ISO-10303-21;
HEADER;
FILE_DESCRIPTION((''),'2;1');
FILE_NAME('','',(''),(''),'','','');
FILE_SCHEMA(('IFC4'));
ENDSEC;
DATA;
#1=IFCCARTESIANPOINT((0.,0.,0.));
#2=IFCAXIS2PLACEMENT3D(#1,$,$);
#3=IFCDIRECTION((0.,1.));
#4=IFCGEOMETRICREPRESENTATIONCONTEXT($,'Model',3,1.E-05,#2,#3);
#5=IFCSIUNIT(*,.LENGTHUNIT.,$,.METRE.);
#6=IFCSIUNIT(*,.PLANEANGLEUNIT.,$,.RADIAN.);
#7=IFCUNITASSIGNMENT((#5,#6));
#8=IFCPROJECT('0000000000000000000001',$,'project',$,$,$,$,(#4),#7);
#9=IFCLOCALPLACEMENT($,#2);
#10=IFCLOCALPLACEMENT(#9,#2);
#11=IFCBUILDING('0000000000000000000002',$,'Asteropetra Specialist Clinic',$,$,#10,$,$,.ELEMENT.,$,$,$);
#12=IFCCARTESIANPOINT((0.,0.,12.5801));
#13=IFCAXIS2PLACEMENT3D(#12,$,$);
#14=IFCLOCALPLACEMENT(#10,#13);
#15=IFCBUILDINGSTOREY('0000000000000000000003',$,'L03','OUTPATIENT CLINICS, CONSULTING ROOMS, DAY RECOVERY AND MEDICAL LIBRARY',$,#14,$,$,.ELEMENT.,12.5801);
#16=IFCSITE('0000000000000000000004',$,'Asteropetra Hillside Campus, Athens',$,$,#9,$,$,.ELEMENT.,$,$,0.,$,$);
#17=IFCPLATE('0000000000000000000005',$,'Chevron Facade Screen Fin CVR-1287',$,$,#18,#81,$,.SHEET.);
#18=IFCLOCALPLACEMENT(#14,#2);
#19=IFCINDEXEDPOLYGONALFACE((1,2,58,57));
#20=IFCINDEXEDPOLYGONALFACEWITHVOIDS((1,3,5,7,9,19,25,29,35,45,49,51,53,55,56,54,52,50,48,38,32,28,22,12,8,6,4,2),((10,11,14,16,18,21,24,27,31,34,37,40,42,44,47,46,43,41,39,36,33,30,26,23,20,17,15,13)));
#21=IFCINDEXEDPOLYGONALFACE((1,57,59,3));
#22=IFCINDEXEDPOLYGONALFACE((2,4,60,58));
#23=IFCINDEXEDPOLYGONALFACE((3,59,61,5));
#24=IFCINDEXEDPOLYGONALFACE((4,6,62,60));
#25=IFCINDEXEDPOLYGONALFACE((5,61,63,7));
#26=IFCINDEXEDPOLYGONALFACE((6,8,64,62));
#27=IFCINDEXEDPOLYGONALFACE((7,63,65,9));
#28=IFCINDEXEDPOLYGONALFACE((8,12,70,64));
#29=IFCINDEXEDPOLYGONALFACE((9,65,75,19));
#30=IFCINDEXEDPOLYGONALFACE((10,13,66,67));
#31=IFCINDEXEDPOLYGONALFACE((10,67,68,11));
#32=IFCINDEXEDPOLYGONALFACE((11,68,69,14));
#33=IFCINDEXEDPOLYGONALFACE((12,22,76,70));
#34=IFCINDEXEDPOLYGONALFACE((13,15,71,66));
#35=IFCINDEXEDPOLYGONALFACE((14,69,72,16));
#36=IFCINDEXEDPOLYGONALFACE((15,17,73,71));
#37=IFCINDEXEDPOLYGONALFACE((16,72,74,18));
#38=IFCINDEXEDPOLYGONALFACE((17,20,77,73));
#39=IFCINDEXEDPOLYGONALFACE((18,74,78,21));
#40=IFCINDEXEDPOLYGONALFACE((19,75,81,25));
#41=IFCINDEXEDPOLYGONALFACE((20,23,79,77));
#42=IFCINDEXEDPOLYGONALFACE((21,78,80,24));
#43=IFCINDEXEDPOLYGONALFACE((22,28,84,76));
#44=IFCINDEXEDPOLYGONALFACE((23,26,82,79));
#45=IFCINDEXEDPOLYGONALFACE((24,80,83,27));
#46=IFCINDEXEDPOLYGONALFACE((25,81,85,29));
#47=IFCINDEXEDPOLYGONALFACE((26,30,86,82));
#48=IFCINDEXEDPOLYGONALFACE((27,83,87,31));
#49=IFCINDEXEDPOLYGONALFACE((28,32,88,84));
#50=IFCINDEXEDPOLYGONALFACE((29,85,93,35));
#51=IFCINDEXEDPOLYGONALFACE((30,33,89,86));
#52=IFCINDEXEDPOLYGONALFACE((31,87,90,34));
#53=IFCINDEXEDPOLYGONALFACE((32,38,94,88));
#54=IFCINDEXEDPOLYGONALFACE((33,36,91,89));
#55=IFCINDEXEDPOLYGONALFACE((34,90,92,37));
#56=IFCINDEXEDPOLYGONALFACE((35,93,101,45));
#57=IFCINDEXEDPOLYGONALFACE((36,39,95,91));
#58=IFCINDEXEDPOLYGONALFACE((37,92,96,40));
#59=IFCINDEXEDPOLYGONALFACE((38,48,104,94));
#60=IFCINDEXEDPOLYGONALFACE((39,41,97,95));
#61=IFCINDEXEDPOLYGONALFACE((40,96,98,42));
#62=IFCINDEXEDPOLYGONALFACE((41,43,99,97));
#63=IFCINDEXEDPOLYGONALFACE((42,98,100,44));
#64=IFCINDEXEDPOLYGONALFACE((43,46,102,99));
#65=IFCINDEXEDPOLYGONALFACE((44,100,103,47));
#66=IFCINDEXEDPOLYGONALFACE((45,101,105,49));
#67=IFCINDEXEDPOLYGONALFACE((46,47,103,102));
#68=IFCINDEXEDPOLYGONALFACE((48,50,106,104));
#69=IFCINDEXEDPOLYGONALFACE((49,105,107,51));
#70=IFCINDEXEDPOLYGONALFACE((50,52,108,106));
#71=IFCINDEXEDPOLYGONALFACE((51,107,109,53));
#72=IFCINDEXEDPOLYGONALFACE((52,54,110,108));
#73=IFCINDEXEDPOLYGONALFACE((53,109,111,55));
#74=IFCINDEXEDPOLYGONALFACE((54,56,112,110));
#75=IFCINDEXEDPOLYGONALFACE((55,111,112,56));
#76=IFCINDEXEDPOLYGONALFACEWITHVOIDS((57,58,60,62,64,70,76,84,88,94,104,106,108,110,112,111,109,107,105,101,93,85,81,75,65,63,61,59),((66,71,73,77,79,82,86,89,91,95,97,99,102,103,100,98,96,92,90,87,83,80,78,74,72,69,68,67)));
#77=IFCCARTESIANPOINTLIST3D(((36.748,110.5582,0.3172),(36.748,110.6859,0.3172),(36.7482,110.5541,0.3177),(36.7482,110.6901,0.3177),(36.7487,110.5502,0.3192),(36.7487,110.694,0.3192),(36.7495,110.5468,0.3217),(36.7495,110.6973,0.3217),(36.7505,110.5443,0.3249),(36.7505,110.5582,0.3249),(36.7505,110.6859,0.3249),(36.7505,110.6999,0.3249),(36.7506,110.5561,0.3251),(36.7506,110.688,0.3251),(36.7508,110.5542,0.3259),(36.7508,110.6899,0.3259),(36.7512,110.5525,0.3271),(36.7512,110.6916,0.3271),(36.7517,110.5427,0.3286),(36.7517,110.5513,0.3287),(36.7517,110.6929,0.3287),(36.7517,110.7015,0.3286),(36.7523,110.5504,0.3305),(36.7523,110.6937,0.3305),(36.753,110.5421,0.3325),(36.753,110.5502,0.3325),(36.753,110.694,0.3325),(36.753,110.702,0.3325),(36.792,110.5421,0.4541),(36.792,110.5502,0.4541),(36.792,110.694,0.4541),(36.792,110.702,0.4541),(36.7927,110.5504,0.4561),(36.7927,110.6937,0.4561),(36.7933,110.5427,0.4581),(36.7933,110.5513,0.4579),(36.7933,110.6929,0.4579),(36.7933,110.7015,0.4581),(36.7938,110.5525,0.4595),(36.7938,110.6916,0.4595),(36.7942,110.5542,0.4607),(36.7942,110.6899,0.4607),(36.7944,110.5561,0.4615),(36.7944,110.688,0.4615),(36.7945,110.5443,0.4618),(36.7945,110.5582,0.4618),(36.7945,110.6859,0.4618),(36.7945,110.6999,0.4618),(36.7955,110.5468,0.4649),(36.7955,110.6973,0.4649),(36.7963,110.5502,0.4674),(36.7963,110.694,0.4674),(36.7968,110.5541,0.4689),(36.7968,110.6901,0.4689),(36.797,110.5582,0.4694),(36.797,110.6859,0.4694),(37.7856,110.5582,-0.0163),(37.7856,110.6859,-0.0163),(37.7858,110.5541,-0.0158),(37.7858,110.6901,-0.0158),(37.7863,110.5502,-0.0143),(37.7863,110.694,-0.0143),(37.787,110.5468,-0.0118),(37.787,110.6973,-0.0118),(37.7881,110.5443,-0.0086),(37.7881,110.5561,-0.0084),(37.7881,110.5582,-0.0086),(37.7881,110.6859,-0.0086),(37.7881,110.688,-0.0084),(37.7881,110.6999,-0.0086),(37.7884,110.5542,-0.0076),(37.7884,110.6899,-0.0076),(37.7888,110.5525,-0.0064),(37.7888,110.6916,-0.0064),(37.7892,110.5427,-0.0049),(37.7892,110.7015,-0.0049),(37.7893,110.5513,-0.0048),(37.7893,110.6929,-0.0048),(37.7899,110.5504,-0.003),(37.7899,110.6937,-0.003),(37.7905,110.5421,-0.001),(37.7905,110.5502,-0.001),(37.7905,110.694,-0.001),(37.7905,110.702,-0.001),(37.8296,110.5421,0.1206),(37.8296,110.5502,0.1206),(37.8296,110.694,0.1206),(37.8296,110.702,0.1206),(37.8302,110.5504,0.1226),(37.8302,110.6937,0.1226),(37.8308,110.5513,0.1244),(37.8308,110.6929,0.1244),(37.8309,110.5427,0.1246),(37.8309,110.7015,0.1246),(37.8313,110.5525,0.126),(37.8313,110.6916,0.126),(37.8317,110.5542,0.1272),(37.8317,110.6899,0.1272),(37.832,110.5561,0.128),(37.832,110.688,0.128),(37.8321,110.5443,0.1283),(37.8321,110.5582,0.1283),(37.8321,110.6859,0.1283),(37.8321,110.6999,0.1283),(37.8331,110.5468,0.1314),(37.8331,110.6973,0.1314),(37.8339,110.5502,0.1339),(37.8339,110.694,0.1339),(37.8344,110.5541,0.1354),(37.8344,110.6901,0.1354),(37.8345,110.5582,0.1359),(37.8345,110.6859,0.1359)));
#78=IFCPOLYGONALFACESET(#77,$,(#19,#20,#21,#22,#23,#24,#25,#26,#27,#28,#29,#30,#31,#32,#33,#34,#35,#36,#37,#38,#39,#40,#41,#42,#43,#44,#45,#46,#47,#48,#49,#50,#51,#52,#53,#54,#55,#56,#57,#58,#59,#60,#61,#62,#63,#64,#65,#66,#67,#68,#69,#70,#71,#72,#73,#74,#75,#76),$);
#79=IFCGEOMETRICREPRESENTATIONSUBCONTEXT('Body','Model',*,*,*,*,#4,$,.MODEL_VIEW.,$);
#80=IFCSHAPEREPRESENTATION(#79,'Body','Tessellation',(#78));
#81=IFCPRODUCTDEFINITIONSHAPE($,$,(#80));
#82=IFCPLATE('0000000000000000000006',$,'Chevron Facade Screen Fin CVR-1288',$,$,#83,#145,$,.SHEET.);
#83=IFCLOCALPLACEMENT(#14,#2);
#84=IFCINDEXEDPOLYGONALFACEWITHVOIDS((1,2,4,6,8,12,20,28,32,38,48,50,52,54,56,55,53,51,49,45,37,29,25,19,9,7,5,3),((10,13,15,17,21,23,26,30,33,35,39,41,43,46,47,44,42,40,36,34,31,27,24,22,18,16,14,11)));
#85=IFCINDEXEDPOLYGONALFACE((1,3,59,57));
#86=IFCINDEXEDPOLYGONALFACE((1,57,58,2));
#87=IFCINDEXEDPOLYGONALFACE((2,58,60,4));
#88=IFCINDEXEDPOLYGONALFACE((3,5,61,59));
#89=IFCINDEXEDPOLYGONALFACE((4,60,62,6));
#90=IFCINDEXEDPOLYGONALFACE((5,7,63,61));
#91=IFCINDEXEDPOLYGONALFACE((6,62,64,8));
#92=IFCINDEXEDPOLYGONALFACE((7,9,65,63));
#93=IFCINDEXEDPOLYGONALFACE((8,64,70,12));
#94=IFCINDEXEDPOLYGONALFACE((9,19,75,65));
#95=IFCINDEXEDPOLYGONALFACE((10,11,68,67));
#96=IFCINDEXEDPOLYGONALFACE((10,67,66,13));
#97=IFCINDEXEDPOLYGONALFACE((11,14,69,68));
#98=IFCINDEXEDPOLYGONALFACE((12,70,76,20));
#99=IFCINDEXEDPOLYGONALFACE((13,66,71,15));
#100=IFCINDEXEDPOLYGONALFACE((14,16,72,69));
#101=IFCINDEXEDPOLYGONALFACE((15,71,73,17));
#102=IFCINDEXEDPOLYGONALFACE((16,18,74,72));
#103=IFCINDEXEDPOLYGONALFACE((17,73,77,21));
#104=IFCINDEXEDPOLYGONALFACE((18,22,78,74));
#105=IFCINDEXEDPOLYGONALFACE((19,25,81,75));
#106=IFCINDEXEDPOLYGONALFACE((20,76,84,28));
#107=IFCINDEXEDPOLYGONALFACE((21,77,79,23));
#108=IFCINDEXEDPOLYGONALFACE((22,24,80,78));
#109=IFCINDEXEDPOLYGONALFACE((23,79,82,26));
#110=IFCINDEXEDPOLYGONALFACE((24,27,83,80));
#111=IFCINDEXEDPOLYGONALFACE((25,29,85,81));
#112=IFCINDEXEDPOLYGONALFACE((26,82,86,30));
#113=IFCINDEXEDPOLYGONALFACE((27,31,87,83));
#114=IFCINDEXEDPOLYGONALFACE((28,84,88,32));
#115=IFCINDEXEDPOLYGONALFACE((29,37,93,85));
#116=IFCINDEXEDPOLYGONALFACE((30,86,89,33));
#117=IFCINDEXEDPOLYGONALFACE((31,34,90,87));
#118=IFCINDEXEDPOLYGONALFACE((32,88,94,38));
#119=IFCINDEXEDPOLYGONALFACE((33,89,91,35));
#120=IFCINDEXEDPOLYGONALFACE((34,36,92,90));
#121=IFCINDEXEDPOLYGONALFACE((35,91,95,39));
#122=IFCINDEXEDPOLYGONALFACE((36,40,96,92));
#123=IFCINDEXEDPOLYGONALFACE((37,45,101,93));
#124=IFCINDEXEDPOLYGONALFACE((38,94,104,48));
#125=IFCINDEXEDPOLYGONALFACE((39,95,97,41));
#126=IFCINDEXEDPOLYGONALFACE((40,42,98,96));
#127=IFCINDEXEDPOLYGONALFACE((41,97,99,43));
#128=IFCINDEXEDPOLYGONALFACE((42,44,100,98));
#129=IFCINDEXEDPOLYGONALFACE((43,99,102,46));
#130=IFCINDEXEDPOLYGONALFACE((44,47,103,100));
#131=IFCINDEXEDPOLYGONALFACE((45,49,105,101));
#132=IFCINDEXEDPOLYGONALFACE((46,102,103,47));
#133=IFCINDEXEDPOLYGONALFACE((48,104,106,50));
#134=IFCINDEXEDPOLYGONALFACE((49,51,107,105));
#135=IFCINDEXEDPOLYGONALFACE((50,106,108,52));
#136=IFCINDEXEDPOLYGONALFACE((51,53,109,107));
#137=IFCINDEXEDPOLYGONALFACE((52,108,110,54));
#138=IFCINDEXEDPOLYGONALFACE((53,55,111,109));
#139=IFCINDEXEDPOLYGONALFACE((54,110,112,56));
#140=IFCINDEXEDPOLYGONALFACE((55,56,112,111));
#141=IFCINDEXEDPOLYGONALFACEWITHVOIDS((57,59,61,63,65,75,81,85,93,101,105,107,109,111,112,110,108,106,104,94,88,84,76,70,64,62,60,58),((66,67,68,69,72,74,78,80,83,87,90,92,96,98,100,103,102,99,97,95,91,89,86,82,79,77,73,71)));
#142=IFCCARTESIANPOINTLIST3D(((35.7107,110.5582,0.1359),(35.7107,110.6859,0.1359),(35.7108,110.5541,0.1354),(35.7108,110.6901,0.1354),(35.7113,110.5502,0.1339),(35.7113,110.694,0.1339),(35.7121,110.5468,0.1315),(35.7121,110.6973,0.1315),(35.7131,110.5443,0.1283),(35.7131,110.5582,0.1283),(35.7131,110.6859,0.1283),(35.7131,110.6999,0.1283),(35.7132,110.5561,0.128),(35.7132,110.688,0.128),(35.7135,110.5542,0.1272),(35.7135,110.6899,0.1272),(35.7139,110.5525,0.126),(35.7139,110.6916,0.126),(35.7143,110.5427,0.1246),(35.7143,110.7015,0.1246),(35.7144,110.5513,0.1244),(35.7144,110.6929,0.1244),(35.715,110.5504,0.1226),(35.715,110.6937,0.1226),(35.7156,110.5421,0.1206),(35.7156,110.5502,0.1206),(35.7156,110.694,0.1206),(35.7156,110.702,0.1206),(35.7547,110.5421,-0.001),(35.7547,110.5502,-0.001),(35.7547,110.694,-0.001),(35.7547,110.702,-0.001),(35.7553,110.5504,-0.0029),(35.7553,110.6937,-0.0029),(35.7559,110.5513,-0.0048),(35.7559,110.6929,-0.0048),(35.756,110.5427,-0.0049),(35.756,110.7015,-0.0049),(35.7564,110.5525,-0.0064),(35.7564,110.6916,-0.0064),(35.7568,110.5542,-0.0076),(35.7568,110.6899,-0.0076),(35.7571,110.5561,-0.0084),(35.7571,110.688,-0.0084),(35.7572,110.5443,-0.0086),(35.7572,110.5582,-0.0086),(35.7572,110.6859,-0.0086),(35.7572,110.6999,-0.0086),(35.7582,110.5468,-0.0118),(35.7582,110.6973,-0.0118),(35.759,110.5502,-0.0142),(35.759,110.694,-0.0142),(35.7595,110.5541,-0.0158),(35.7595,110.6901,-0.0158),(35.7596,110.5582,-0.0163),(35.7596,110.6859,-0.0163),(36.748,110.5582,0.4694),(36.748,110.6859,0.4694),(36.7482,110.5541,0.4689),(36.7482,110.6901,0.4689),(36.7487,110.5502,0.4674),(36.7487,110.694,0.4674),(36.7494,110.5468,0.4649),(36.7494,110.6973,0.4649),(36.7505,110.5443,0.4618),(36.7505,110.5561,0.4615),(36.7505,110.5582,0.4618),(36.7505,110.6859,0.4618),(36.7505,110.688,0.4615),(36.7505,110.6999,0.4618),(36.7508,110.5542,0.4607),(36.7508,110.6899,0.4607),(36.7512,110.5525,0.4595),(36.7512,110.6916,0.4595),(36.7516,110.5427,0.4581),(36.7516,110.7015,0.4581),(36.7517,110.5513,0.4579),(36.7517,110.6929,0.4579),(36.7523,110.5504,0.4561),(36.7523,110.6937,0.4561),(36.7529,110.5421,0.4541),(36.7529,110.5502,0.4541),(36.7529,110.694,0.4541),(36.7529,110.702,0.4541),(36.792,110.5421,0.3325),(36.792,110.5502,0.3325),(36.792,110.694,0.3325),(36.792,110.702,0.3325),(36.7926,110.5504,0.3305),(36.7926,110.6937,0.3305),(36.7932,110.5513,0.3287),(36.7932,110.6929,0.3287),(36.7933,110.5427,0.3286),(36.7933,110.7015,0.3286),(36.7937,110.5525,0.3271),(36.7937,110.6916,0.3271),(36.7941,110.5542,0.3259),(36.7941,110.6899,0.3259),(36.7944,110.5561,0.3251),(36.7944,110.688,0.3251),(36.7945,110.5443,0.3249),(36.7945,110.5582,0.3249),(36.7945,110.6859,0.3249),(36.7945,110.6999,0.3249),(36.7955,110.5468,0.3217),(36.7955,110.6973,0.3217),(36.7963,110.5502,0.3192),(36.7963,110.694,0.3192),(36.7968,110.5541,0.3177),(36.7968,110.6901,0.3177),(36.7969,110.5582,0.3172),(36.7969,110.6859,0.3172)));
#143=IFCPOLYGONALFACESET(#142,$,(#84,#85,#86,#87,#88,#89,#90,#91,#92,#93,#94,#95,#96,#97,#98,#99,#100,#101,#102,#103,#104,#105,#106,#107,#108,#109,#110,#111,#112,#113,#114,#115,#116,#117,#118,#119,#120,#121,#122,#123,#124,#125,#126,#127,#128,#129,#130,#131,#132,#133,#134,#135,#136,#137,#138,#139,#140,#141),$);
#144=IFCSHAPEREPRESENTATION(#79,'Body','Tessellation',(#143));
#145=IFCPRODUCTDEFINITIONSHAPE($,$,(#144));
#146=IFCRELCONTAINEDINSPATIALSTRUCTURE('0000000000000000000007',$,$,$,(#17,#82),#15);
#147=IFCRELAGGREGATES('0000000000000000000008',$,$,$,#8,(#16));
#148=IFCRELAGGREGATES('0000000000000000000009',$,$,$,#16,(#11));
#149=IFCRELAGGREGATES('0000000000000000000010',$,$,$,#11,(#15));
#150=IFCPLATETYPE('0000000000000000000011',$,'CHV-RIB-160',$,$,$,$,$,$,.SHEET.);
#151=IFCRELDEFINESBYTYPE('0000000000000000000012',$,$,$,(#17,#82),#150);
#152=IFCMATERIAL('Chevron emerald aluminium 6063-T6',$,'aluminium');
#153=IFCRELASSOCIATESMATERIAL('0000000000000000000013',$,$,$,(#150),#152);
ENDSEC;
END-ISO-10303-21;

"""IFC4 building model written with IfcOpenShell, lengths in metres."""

from ifc_helpers import new_model, si_unit, direction, frame, origin, origin_2d, place, context, subcontext, project, spatial, hollow_rectangle, extrude, material, material_profile, profile_set, type_object, element, save


model = new_model("IFC4")

# Units and contexts
model_context = context("Model", 3, precision=1e-05, world=origin(), true_north=direction((0.0, 1.0)))
body_context = subcontext(model_context, "Body", "Model", "MODEL_VIEW")
ifc_project = project(units=[si_unit("LENGTHUNIT", "METRE"), si_unit("PLANEANGLEUNIT", "RADIAN")], contexts=[model_context])

# Site, building, storey
site_placement = place(None, origin())
site = spatial("IfcSite", under=ifc_project, at=site_placement, Name="Asteropetra Hillside Campus, Athens", CompositionType="ELEMENT", RefElevation=0.0)
building_placement = place(site_placement, origin())
building = spatial("IfcBuilding", under=site, at=building_placement, Name="Asteropetra Specialist Clinic", CompositionType="ELEMENT")
storey_placement = place(building_placement, frame((0.0, 0.0, 12.5801)))
storey = spatial("IfcBuildingStorey", under=building, at=storey_placement, Name="L03", Description="OUTPATIENT CLINICS, CONSULTING ROOMS, DAY RECOVERY AND MEDICAL LIBRARY", CompositionType="ELEMENT", Elevation=12.5801)

# Plates
ifc_material_1 = material(Name="Chevron emerald aluminium 6063-T6", Category="aluminium")
ifc_material_profile = material_profile(ifc_material_1, hollow_rectangle(XDim=0.1599, YDim=0.1599, WallThickness=0.0081, InnerFilletRadius=0.0081, OuterFilletRadius=0.0161, at=origin_2d()), Name="SHS 160x160x8.0")
ifc_profile_set = profile_set([ifc_material_profile], Name="Chevron emerald aluminium 6063-T6")
plate_type_1 = type_object("IfcPlateType", Name="CHV-RIB-160", PredefinedType="SHEET", material=ifc_profile_set)
plate_1_placement = place(storey_placement, frame((37.8101, 110.6221, 0.0598), z_axis=(-0.952033, 0.0, 0.305995), x_axis=(0.0, -1.0, 0.0)))
element("IfcPlate", 1, at=plate_1_placement, inside=storey, type_object=plate_type_1, Name="Chevron Facade Screen Fin CVR-1287", PredefinedType="SHEET", context=body_context, shape_type="SweptSolid", body=[
    extrude(hollow_rectangle(XDim=0.1599, YDim=0.1599, WallThickness=0.0081, InnerFilletRadius=0.0081, OuterFilletRadius=0.0161, at=origin_2d()), origin(), (0.0, 0.0, 1.0), 1.0898),
])
plate_2_placement = place(storey_placement, frame((36.7725, 110.6221, 0.3933), z_axis=(-0.952012, 0.0, -0.30606), x_axis=(0.0, -1.0, 0.0)))
element("IfcPlate", 2, at=plate_2_placement, inside=storey, type_object=plate_type_1, Name="Chevron Facade Screen Fin CVR-1288", PredefinedType="SHEET", context=body_context, shape_type="SweptSolid", body=[
    extrude(hollow_rectangle(XDim=0.1599, YDim=0.1599, WallThickness=0.0081, InnerFilletRadius=0.0081, OuterFilletRadius=0.0161, at=origin_2d()), origin(), (0.0, 0.0, 1.0), 1.0896),
])

save(model, "model.ifc")
